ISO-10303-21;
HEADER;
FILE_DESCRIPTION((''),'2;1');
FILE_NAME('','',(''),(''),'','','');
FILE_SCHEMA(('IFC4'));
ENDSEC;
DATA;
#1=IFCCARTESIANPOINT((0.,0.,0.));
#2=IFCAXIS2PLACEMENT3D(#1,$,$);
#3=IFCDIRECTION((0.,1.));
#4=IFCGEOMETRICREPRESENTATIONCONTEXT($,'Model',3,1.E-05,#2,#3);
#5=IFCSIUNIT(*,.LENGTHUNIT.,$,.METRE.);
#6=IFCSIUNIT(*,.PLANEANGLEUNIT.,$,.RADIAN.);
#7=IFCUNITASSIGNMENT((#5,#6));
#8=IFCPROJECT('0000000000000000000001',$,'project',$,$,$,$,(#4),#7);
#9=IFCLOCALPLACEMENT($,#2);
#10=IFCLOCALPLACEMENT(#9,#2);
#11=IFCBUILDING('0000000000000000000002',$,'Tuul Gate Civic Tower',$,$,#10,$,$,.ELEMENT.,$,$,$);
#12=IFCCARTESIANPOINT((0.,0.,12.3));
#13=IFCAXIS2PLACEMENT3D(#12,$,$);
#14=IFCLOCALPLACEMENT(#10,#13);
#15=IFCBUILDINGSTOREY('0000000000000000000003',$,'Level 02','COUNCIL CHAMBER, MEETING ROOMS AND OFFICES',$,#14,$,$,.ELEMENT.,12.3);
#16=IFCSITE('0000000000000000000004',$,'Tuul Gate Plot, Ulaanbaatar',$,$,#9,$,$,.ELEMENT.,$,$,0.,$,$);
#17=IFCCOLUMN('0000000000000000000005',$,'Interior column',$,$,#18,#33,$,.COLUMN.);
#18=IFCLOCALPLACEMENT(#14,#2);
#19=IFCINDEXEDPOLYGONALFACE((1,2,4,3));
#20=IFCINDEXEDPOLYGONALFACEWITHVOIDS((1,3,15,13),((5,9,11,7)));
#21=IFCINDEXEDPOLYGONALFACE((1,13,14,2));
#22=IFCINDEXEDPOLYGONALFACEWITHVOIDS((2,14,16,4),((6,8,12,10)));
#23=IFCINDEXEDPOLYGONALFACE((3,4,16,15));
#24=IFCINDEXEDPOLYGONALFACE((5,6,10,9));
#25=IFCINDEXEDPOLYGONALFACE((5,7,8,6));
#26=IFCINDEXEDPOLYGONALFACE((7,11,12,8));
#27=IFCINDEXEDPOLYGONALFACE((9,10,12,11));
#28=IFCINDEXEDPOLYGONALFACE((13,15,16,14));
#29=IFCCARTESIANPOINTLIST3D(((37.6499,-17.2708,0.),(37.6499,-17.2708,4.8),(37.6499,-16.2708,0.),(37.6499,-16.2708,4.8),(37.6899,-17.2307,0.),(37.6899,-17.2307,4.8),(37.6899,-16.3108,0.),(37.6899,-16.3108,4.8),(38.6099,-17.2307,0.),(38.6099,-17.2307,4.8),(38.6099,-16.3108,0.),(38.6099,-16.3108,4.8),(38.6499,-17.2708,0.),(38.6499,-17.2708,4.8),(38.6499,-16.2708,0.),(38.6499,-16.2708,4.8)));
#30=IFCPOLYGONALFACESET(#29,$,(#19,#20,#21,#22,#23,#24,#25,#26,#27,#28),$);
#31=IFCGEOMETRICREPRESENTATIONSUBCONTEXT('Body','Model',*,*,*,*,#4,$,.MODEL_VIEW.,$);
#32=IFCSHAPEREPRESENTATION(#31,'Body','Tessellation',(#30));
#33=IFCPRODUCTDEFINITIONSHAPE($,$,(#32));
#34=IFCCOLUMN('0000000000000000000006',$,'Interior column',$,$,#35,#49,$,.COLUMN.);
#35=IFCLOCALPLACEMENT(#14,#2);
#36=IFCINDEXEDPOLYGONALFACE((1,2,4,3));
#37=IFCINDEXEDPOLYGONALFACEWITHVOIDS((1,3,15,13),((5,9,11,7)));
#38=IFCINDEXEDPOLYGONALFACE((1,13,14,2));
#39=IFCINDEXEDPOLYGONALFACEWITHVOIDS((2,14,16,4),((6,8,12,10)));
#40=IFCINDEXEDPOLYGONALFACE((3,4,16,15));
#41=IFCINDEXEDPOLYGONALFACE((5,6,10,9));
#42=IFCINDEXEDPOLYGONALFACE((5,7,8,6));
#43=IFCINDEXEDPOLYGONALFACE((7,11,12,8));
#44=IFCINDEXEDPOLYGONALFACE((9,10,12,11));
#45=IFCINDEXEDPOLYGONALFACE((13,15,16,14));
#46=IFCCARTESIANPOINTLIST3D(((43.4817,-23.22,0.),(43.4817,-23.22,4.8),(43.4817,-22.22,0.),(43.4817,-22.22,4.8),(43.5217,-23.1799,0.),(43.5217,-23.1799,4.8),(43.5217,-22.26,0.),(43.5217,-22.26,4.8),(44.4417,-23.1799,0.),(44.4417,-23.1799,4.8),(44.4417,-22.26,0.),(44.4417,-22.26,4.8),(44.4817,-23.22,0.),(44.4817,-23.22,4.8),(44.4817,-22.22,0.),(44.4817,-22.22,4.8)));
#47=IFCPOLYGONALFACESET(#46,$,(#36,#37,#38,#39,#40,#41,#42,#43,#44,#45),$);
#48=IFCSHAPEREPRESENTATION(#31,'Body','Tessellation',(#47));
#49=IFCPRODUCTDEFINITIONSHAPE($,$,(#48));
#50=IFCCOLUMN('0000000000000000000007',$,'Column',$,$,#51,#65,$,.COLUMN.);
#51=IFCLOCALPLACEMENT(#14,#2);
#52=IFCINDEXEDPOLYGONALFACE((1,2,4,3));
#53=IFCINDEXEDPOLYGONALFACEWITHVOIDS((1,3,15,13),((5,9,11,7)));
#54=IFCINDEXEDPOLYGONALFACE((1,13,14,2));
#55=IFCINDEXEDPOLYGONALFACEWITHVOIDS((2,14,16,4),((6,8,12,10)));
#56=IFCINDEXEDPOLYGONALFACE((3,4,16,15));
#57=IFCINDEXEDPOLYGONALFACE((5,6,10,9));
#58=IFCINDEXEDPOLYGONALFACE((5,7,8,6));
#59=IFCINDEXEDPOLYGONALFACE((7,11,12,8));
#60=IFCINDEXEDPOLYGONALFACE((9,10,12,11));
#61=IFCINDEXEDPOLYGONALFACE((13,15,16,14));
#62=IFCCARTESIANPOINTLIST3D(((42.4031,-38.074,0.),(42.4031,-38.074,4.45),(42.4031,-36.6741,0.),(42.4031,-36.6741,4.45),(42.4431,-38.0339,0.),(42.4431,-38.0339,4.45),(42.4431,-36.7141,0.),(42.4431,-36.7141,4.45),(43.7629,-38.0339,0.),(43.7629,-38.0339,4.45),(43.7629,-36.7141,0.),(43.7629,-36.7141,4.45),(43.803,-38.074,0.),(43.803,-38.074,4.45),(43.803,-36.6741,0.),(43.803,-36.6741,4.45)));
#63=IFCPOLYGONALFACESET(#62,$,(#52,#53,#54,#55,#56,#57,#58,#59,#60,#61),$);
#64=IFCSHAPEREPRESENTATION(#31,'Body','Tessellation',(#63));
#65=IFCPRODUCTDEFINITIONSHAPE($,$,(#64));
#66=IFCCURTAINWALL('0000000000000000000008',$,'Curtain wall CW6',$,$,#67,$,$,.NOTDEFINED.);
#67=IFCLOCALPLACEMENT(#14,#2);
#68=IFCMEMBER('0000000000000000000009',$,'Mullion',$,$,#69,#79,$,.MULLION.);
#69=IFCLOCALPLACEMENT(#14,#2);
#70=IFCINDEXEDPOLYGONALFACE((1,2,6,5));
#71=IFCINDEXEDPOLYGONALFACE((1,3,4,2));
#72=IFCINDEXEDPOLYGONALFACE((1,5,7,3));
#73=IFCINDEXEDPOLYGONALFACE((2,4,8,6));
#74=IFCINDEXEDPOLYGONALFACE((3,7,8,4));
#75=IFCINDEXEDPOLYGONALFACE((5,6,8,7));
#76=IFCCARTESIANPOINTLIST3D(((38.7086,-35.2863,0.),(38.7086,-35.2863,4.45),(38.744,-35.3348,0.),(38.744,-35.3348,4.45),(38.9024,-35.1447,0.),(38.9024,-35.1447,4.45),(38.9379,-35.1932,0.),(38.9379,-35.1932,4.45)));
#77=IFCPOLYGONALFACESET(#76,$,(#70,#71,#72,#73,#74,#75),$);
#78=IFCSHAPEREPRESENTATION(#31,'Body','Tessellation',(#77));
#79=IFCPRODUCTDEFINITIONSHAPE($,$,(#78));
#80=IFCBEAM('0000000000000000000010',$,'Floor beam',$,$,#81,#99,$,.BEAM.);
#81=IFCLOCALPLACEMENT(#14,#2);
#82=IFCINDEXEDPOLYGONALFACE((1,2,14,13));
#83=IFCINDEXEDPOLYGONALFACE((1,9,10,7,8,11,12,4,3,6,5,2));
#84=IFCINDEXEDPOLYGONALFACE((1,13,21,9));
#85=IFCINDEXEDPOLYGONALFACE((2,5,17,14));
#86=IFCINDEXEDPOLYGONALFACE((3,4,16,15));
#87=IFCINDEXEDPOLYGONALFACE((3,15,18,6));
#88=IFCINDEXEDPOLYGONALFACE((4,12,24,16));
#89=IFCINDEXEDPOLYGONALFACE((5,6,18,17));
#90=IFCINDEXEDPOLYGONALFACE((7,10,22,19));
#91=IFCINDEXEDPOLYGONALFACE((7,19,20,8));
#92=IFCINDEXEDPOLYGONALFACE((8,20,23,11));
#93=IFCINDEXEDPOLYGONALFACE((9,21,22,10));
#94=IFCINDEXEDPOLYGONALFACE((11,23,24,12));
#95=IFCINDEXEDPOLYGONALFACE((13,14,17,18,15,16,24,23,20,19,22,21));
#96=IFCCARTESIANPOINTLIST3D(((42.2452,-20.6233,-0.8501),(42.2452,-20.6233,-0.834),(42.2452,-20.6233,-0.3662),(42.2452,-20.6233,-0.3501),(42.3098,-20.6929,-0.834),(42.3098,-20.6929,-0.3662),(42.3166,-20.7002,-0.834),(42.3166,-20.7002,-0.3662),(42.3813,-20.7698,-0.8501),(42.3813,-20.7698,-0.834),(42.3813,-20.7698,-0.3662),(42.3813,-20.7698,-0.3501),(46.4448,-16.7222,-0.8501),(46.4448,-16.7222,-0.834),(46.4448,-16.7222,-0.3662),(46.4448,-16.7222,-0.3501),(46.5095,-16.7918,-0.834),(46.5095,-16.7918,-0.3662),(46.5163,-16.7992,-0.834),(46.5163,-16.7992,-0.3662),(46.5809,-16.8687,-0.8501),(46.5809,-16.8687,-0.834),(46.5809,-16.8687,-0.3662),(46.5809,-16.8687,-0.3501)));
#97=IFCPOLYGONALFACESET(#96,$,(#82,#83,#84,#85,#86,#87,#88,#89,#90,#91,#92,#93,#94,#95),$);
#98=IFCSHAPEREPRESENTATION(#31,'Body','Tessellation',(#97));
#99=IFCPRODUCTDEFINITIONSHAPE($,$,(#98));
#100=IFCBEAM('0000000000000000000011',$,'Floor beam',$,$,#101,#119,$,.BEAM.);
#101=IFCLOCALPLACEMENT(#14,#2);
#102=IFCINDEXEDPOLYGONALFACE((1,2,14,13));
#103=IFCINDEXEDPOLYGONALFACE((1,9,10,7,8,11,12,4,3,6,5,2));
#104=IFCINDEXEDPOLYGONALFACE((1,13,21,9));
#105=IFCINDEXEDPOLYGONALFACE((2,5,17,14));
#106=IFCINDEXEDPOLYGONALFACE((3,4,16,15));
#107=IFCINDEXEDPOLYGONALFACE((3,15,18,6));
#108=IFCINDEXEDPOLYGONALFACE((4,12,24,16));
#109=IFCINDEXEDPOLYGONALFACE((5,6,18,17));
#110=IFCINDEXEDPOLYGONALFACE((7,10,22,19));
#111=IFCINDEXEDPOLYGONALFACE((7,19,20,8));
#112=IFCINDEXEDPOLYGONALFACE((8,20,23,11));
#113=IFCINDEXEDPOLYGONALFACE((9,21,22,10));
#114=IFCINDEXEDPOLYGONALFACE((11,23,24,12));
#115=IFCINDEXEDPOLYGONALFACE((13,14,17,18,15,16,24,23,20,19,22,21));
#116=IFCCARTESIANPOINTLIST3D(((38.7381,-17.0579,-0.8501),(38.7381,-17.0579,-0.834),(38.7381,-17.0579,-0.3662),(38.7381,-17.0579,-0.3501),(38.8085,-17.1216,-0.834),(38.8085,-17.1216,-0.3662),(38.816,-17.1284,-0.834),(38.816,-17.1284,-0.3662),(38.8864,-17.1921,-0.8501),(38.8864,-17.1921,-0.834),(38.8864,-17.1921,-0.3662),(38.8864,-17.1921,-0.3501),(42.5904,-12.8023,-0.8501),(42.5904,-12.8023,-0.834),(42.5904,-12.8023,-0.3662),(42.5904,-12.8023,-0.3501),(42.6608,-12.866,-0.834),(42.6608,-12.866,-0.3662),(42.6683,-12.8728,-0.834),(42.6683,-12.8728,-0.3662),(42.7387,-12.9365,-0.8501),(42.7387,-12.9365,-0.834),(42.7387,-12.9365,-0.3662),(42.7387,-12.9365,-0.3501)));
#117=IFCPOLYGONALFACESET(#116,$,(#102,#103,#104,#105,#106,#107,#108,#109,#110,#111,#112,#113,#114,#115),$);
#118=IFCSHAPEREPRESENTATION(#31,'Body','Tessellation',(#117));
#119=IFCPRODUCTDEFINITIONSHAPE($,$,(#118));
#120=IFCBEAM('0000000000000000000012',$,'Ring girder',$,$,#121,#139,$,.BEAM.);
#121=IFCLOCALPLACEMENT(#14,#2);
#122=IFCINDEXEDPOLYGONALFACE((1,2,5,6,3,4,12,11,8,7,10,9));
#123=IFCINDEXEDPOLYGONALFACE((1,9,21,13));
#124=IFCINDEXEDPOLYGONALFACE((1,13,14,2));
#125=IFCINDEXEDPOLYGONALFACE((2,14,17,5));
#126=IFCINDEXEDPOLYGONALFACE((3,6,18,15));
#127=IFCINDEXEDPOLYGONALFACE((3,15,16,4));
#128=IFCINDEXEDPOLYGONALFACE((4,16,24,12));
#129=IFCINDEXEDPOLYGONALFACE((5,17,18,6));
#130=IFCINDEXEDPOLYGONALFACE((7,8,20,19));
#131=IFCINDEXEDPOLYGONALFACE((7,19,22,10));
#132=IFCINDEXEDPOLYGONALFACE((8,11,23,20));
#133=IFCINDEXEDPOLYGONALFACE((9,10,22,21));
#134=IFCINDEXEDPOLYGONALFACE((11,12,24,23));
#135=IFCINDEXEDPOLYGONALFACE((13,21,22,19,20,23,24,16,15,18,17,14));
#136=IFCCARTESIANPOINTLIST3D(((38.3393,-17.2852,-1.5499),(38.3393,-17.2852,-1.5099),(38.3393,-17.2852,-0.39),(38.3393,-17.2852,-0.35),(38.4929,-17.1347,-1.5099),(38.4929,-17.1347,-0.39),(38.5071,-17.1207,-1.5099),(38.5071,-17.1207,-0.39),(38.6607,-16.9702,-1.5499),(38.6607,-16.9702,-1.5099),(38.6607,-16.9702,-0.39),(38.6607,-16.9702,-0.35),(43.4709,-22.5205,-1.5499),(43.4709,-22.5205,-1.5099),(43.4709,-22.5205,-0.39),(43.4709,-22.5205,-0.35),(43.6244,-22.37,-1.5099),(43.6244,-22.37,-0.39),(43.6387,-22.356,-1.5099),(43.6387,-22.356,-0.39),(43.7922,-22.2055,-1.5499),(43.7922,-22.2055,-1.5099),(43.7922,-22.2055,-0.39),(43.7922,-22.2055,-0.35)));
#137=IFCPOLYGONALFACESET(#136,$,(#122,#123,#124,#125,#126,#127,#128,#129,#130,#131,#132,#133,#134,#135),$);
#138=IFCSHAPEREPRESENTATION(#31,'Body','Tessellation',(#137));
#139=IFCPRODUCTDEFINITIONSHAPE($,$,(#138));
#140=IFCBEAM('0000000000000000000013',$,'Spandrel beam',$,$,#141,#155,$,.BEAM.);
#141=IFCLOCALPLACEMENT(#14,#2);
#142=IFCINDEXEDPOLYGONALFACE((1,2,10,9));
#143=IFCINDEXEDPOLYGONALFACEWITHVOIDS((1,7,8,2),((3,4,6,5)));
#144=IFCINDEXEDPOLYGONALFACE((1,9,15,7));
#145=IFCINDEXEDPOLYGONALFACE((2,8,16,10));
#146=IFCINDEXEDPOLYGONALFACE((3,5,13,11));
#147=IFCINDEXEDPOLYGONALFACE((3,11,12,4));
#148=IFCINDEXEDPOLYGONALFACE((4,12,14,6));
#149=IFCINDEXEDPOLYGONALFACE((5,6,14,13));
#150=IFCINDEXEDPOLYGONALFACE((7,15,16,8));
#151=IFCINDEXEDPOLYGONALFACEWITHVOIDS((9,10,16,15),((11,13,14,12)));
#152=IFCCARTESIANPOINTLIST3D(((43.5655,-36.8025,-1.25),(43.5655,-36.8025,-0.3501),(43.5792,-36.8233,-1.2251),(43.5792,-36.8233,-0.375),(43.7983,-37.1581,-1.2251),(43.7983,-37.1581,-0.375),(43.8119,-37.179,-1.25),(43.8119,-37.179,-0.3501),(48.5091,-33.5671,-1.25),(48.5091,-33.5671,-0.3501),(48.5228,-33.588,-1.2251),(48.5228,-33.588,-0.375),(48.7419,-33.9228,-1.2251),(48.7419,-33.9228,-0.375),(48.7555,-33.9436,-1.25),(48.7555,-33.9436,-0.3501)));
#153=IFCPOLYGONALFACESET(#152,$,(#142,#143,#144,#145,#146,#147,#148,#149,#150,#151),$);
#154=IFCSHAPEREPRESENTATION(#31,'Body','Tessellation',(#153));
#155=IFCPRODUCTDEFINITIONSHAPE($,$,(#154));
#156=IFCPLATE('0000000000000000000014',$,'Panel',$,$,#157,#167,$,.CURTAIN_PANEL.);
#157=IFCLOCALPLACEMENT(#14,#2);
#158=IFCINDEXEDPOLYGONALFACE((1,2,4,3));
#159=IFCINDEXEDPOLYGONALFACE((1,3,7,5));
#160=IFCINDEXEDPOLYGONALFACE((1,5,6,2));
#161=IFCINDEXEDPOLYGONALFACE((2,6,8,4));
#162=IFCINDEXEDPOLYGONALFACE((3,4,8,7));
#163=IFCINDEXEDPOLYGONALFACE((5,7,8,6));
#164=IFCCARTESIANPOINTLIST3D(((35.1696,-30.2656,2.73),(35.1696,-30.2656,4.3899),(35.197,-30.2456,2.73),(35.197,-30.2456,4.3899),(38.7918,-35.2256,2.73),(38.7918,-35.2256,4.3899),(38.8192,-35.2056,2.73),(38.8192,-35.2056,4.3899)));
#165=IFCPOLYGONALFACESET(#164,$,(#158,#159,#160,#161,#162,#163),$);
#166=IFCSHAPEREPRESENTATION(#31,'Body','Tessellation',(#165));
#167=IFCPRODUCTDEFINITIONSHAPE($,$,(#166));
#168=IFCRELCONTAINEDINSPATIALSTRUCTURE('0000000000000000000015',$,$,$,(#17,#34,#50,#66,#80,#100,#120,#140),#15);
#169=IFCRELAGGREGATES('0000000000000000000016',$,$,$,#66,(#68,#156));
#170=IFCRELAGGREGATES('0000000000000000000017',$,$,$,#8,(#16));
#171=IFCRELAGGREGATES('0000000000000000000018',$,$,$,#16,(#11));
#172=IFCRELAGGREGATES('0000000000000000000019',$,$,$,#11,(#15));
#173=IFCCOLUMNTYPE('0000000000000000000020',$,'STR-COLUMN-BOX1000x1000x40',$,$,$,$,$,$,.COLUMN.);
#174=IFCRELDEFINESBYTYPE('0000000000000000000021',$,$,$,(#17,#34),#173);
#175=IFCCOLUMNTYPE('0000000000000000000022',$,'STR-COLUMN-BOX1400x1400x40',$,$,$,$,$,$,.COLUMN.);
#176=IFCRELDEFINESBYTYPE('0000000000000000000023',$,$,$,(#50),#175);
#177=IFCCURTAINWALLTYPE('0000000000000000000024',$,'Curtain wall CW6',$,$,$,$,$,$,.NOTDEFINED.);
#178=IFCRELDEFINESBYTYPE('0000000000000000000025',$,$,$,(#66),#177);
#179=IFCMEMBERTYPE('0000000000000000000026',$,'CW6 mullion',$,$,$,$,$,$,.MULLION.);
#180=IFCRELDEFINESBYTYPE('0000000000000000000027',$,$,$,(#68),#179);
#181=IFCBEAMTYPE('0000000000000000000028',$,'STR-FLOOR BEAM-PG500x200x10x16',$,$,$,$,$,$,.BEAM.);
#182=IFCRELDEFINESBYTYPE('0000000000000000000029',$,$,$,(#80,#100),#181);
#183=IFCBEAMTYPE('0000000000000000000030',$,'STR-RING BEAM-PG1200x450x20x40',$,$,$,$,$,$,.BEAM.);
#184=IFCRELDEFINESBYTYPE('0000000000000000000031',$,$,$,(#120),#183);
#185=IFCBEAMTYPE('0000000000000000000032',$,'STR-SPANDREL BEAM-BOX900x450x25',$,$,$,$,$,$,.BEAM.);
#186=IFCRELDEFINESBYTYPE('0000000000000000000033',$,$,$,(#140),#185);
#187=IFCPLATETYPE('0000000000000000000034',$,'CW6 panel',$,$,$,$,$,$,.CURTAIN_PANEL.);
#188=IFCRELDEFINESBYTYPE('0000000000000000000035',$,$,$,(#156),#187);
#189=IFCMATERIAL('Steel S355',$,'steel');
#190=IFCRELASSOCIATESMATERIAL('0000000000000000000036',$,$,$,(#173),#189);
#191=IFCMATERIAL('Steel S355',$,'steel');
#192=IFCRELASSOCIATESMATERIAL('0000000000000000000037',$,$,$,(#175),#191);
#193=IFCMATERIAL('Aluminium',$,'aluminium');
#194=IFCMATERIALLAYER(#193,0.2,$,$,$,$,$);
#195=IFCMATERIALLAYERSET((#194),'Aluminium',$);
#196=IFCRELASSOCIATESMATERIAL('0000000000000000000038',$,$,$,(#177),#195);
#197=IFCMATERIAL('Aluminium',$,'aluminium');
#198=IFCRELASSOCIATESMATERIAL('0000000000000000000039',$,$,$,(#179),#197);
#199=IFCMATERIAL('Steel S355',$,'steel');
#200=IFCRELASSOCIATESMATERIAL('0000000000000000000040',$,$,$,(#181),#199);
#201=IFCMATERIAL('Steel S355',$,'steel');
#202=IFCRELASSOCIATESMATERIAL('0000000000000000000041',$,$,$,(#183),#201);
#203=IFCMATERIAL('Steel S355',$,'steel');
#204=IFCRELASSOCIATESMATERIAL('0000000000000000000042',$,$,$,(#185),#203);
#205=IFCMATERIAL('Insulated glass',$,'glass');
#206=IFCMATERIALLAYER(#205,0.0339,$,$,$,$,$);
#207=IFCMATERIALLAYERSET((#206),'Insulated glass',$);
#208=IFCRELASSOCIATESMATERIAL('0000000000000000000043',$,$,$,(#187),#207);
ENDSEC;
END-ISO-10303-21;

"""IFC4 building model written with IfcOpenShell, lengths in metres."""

from ifc_helpers import new_model, si_unit, direction, frame, origin, origin_2d, place, context, subcontext, project, spatial, rectangle, hollow_rectangle, i_section, extrude, material, layer, layer_set, material_profile, profile_set, type_object, element, aggregate, save


model = new_model("IFC4")

# Units and contexts
model_context = context("Model", 3, precision=1e-05, world=origin(), true_north=direction((0.0, 1.0)))
body_context = subcontext(model_context, "Body", "Model", "MODEL_VIEW")
ifc_project = project(units=[si_unit("LENGTHUNIT", "METRE"), si_unit("PLANEANGLEUNIT", "RADIAN")], contexts=[model_context])

# Site, building, storey
site_placement = place(None, origin())
site = spatial("IfcSite", under=ifc_project, at=site_placement, Name="Tuul Gate Plot, Ulaanbaatar", CompositionType="ELEMENT", RefElevation=0.0)
building_placement = place(site_placement, origin())
building = spatial("IfcBuilding", under=site, at=building_placement, Name="Tuul Gate Civic Tower", CompositionType="ELEMENT")
storey_placement = place(building_placement, frame((0.0, 0.0, 12.3)))
storey = spatial("IfcBuildingStorey", under=building, at=storey_placement, Name="Level 02", Description="COUNCIL CHAMBER, MEETING ROOMS AND OFFICES", CompositionType="ELEMENT", Elevation=12.3)

# Columns
ifc_material_1 = material(Name="Steel S355", Category="steel")
ifc_material_profile_1 = material_profile(ifc_material_1, hollow_rectangle(XDim=1.0, YDim=1.0, WallThickness=0.04, at=origin_2d()), Name="BOX1000x1000x40")
ifc_profile_set_1 = profile_set([ifc_material_profile_1], Name="Steel S355")
column_type_1 = type_object("IfcColumnType", Name="STR-COLUMN-BOX1000x1000x40", PredefinedType="COLUMN", material=ifc_profile_set_1)
for number, where, z_axis, x_axis, name in (
    (1, (38.1499, -16.7708, 0.0), (0.0, 0.0, 1.0), (1.0, 0.0, 0.0), "Interior column"),
    (2, (43.9817, -22.72, 0.0), (0.0, 0.0, 1.0), (1.0, 0.0, 0.0), "Interior column"),
):
    element("IfcColumn", number, at=place(storey_placement, frame(where, z_axis=z_axis, x_axis=x_axis)), inside=storey, type_object=column_type_1, Name=name, PredefinedType="COLUMN", context=body_context, shape_type="SweptSolid", body=[
        extrude(hollow_rectangle(XDim=1.0, YDim=1.0, WallThickness=0.04, at=origin_2d()), origin(), (0.0, 0.0, 1.0), 4.8),
    ])
ifc_material_2 = material(Name="Steel S355", Category="steel")
ifc_material_profile_2 = material_profile(ifc_material_2, hollow_rectangle(XDim=1.3999, YDim=1.3999, WallThickness=0.04, at=origin_2d()), Name="BOX1400x1400x40")
ifc_profile_set_2 = profile_set([ifc_material_profile_2], Name="Steel S355")
column_type_2 = type_object("IfcColumnType", Name="STR-COLUMN-BOX1400x1400x40", PredefinedType="COLUMN", material=ifc_profile_set_2)
column_placement = place(storey_placement, frame((43.103, -37.374, 0.0), z_axis=(0.0, 0.0, 1.0), x_axis=(1.0, 0.0, 0.0)))
element("IfcColumn", 3, at=column_placement, inside=storey, type_object=column_type_2, Name="Column", PredefinedType="COLUMN", context=body_context, shape_type="SweptSolid", body=[
    extrude(hollow_rectangle(XDim=1.3999, YDim=1.3999, WallThickness=0.04, at=origin_2d()), origin(), (0.0, 0.0, 1.0), 4.45),
])

# Curtain wall, member
ifc_material_3 = material(Name="Aluminium", Category="aluminium")
ifc_layer_1 = layer(ifc_material_3, 0.2)
ifc_layer_set_1 = layer_set([ifc_layer_1], Name="Aluminium")
curtain_wall_type = type_object("IfcCurtainWallType", Name="Curtain wall CW6", PredefinedType="NOTDEFINED", material=ifc_layer_set_1)
curtain_wall_placement = place(storey_placement, origin())
curtain_wall = element("IfcCurtainWall", 4, at=curtain_wall_placement, inside=storey, type_object=curtain_wall_type, Name="Curtain wall CW6", PredefinedType="NOTDEFINED")
ifc_material_4 = material(Name="Aluminium", Category="aluminium")
ifc_material_profile_3 = material_profile(ifc_material_4, rectangle(XDim=0.24, YDim=0.0601, at=origin_2d()), Name="CW6 mullion")
ifc_profile_set_3 = profile_set([ifc_material_profile_3], Name="Aluminium")
member_type = type_object("IfcMemberType", Name="CW6 mullion", PredefinedType="MULLION", material=ifc_profile_set_3)
member_placement = place(storey_placement, frame((38.8232, -35.2397, 0.0), z_axis=(0.0, 0.0, 1.0), x_axis=(0.807581, 0.589756, 0.0)))
member = element("IfcMember", 5, at=member_placement, type_object=member_type, Name="Mullion", PredefinedType="MULLION", context=body_context, shape_type="SweptSolid", body=[
    extrude(rectangle(XDim=0.24, YDim=0.0601, at=origin_2d()), origin(), (0.0, 0.0, 1.0), 4.45),
])

# Beams
ifc_material_5 = material(Name="Steel S355", Category="steel")
ifc_material_profile_4 = material_profile(ifc_material_5, i_section(OverallWidth=0.2, OverallDepth=0.5, WebThickness=0.01, FlangeThickness=0.0161, at=origin_2d()), Name="PG500x200x10x16")
ifc_profile_set_4 = profile_set([ifc_material_profile_4], Name="Steel S355")
beam_type_1 = type_object("IfcBeamType", Name="STR-FLOOR BEAM-PG500x200x10x16", PredefinedType="BEAM", material=ifc_profile_set_4)
beam_1_placement = place(storey_placement, frame((42.3132, -20.6965, -0.6001), z_axis=(0.732672, 0.680582, 0.0), x_axis=(-0.680582, 0.732672, 0.0)))
element("IfcBeam", 6, at=beam_1_placement, inside=storey, type_object=beam_type_1, Name="Floor beam", PredefinedType="BEAM", context=body_context, shape_type="SweptSolid", body=[
    extrude(i_section(OverallWidth=0.2, OverallDepth=0.5, WebThickness=0.01, FlangeThickness=0.0161, at=origin_2d()), origin(), (0.0, 0.0, 1.0), 5.7319),
])
beam_2_placement = place(storey_placement, frame((38.8123, -17.125, -0.6001), z_axis=(0.671103, 0.741364, 0.0), x_axis=(-0.741364, 0.671103, 0.0)))
element("IfcBeam", 7, at=beam_2_placement, inside=storey, type_object=beam_type_1, Name="Floor beam", PredefinedType="BEAM", context=body_context, shape_type="SweptSolid", body=[
    extrude(i_section(OverallWidth=0.2, OverallDepth=0.5, WebThickness=0.01, FlangeThickness=0.0161, at=origin_2d()), origin(), (0.0, 0.0, 1.0), 5.7402),
])
ifc_material_6 = material(Name="Steel S355", Category="steel")
ifc_material_profile_5 = material_profile(ifc_material_6, i_section(OverallWidth=0.45, OverallDepth=1.2, WebThickness=0.02, FlangeThickness=0.04, at=origin_2d()), Name="PG1200x450x20x40")
ifc_profile_set_5 = profile_set([ifc_material_profile_5], Name="Steel S355")
beam_type_2 = type_object("IfcBeamType", Name="STR-RING BEAM-PG1200x450x20x40", PredefinedType="BEAM", material=ifc_profile_set_5)
beam_3_placement = place(storey_placement, frame((38.5, -17.1277, -0.95), z_axis=(0.699994, -0.714148, 0.0), x_axis=(0.714148, 0.699994, 0.0)))
element("IfcBeam", 8, at=beam_3_placement, inside=storey, type_object=beam_type_2, Name="Ring girder", PredefinedType="BEAM", context=body_context, shape_type="SweptSolid", body=[
    extrude(i_section(OverallWidth=0.45, OverallDepth=1.2, WebThickness=0.02, FlangeThickness=0.04, at=origin_2d()), origin(), (0.0, 0.0, 1.0), 7.3308),
])
ifc_material_7 = material(Name="Steel S355", Category="steel")
ifc_material_profile_6 = material_profile(ifc_material_7, hollow_rectangle(XDim=0.45, YDim=0.8999, WallThickness=0.0249, at=origin_2d()), Name="BOX900x450x25")
ifc_profile_set_6 = profile_set([ifc_material_profile_6], Name="Steel S355")
beam_type_3 = type_object("IfcBeamType", Name="STR-SPANDREL BEAM-BOX900x450x25", PredefinedType="BEAM", material=ifc_profile_set_6)
beam_4_placement = place(storey_placement, frame((43.6887, -36.9907, -0.8), z_axis=(0.836737, 0.547604, 0.0), x_axis=(-0.547604, 0.836737, 0.0)))
element("IfcBeam", 9, at=beam_4_placement, inside=storey, type_object=beam_type_3, Name="Spandrel beam", PredefinedType="BEAM", context=body_context, shape_type="SweptSolid", body=[
    extrude(hollow_rectangle(XDim=0.45, YDim=0.8999, WallThickness=0.0249, at=origin_2d()), origin(), (0.0, 0.0, 1.0), 5.9082),
])

# Plate
ifc_material_8 = material(Name="Insulated glass", Category="glass")
ifc_layer_2 = layer(ifc_material_8, 0.0339)
ifc_layer_set_2 = layer_set([ifc_layer_2], Name="Insulated glass")
plate_type = type_object("IfcPlateType", Name="CW6 panel", PredefinedType="CURTAIN_PANEL", material=ifc_layer_set_2)
plate_placement = place(storey_placement, frame((36.9944, -32.7356, 2.73), z_axis=(0.0, 0.0, 1.0), x_axis=(0.589756, -0.807581, 0.0)))
plate = element("IfcPlate", 10, at=plate_placement, type_object=plate_type, Name="Panel", PredefinedType="CURTAIN_PANEL", context=body_context, shape_type="SweptSolid", body=[
    extrude(rectangle(XDim=6.1418, YDim=0.0339, at=origin_2d()), origin(), (0.0, 0.0, 1.0), 1.6599),
])
aggregate(curtain_wall, [member, plate])

save(model, "model.ifc")
